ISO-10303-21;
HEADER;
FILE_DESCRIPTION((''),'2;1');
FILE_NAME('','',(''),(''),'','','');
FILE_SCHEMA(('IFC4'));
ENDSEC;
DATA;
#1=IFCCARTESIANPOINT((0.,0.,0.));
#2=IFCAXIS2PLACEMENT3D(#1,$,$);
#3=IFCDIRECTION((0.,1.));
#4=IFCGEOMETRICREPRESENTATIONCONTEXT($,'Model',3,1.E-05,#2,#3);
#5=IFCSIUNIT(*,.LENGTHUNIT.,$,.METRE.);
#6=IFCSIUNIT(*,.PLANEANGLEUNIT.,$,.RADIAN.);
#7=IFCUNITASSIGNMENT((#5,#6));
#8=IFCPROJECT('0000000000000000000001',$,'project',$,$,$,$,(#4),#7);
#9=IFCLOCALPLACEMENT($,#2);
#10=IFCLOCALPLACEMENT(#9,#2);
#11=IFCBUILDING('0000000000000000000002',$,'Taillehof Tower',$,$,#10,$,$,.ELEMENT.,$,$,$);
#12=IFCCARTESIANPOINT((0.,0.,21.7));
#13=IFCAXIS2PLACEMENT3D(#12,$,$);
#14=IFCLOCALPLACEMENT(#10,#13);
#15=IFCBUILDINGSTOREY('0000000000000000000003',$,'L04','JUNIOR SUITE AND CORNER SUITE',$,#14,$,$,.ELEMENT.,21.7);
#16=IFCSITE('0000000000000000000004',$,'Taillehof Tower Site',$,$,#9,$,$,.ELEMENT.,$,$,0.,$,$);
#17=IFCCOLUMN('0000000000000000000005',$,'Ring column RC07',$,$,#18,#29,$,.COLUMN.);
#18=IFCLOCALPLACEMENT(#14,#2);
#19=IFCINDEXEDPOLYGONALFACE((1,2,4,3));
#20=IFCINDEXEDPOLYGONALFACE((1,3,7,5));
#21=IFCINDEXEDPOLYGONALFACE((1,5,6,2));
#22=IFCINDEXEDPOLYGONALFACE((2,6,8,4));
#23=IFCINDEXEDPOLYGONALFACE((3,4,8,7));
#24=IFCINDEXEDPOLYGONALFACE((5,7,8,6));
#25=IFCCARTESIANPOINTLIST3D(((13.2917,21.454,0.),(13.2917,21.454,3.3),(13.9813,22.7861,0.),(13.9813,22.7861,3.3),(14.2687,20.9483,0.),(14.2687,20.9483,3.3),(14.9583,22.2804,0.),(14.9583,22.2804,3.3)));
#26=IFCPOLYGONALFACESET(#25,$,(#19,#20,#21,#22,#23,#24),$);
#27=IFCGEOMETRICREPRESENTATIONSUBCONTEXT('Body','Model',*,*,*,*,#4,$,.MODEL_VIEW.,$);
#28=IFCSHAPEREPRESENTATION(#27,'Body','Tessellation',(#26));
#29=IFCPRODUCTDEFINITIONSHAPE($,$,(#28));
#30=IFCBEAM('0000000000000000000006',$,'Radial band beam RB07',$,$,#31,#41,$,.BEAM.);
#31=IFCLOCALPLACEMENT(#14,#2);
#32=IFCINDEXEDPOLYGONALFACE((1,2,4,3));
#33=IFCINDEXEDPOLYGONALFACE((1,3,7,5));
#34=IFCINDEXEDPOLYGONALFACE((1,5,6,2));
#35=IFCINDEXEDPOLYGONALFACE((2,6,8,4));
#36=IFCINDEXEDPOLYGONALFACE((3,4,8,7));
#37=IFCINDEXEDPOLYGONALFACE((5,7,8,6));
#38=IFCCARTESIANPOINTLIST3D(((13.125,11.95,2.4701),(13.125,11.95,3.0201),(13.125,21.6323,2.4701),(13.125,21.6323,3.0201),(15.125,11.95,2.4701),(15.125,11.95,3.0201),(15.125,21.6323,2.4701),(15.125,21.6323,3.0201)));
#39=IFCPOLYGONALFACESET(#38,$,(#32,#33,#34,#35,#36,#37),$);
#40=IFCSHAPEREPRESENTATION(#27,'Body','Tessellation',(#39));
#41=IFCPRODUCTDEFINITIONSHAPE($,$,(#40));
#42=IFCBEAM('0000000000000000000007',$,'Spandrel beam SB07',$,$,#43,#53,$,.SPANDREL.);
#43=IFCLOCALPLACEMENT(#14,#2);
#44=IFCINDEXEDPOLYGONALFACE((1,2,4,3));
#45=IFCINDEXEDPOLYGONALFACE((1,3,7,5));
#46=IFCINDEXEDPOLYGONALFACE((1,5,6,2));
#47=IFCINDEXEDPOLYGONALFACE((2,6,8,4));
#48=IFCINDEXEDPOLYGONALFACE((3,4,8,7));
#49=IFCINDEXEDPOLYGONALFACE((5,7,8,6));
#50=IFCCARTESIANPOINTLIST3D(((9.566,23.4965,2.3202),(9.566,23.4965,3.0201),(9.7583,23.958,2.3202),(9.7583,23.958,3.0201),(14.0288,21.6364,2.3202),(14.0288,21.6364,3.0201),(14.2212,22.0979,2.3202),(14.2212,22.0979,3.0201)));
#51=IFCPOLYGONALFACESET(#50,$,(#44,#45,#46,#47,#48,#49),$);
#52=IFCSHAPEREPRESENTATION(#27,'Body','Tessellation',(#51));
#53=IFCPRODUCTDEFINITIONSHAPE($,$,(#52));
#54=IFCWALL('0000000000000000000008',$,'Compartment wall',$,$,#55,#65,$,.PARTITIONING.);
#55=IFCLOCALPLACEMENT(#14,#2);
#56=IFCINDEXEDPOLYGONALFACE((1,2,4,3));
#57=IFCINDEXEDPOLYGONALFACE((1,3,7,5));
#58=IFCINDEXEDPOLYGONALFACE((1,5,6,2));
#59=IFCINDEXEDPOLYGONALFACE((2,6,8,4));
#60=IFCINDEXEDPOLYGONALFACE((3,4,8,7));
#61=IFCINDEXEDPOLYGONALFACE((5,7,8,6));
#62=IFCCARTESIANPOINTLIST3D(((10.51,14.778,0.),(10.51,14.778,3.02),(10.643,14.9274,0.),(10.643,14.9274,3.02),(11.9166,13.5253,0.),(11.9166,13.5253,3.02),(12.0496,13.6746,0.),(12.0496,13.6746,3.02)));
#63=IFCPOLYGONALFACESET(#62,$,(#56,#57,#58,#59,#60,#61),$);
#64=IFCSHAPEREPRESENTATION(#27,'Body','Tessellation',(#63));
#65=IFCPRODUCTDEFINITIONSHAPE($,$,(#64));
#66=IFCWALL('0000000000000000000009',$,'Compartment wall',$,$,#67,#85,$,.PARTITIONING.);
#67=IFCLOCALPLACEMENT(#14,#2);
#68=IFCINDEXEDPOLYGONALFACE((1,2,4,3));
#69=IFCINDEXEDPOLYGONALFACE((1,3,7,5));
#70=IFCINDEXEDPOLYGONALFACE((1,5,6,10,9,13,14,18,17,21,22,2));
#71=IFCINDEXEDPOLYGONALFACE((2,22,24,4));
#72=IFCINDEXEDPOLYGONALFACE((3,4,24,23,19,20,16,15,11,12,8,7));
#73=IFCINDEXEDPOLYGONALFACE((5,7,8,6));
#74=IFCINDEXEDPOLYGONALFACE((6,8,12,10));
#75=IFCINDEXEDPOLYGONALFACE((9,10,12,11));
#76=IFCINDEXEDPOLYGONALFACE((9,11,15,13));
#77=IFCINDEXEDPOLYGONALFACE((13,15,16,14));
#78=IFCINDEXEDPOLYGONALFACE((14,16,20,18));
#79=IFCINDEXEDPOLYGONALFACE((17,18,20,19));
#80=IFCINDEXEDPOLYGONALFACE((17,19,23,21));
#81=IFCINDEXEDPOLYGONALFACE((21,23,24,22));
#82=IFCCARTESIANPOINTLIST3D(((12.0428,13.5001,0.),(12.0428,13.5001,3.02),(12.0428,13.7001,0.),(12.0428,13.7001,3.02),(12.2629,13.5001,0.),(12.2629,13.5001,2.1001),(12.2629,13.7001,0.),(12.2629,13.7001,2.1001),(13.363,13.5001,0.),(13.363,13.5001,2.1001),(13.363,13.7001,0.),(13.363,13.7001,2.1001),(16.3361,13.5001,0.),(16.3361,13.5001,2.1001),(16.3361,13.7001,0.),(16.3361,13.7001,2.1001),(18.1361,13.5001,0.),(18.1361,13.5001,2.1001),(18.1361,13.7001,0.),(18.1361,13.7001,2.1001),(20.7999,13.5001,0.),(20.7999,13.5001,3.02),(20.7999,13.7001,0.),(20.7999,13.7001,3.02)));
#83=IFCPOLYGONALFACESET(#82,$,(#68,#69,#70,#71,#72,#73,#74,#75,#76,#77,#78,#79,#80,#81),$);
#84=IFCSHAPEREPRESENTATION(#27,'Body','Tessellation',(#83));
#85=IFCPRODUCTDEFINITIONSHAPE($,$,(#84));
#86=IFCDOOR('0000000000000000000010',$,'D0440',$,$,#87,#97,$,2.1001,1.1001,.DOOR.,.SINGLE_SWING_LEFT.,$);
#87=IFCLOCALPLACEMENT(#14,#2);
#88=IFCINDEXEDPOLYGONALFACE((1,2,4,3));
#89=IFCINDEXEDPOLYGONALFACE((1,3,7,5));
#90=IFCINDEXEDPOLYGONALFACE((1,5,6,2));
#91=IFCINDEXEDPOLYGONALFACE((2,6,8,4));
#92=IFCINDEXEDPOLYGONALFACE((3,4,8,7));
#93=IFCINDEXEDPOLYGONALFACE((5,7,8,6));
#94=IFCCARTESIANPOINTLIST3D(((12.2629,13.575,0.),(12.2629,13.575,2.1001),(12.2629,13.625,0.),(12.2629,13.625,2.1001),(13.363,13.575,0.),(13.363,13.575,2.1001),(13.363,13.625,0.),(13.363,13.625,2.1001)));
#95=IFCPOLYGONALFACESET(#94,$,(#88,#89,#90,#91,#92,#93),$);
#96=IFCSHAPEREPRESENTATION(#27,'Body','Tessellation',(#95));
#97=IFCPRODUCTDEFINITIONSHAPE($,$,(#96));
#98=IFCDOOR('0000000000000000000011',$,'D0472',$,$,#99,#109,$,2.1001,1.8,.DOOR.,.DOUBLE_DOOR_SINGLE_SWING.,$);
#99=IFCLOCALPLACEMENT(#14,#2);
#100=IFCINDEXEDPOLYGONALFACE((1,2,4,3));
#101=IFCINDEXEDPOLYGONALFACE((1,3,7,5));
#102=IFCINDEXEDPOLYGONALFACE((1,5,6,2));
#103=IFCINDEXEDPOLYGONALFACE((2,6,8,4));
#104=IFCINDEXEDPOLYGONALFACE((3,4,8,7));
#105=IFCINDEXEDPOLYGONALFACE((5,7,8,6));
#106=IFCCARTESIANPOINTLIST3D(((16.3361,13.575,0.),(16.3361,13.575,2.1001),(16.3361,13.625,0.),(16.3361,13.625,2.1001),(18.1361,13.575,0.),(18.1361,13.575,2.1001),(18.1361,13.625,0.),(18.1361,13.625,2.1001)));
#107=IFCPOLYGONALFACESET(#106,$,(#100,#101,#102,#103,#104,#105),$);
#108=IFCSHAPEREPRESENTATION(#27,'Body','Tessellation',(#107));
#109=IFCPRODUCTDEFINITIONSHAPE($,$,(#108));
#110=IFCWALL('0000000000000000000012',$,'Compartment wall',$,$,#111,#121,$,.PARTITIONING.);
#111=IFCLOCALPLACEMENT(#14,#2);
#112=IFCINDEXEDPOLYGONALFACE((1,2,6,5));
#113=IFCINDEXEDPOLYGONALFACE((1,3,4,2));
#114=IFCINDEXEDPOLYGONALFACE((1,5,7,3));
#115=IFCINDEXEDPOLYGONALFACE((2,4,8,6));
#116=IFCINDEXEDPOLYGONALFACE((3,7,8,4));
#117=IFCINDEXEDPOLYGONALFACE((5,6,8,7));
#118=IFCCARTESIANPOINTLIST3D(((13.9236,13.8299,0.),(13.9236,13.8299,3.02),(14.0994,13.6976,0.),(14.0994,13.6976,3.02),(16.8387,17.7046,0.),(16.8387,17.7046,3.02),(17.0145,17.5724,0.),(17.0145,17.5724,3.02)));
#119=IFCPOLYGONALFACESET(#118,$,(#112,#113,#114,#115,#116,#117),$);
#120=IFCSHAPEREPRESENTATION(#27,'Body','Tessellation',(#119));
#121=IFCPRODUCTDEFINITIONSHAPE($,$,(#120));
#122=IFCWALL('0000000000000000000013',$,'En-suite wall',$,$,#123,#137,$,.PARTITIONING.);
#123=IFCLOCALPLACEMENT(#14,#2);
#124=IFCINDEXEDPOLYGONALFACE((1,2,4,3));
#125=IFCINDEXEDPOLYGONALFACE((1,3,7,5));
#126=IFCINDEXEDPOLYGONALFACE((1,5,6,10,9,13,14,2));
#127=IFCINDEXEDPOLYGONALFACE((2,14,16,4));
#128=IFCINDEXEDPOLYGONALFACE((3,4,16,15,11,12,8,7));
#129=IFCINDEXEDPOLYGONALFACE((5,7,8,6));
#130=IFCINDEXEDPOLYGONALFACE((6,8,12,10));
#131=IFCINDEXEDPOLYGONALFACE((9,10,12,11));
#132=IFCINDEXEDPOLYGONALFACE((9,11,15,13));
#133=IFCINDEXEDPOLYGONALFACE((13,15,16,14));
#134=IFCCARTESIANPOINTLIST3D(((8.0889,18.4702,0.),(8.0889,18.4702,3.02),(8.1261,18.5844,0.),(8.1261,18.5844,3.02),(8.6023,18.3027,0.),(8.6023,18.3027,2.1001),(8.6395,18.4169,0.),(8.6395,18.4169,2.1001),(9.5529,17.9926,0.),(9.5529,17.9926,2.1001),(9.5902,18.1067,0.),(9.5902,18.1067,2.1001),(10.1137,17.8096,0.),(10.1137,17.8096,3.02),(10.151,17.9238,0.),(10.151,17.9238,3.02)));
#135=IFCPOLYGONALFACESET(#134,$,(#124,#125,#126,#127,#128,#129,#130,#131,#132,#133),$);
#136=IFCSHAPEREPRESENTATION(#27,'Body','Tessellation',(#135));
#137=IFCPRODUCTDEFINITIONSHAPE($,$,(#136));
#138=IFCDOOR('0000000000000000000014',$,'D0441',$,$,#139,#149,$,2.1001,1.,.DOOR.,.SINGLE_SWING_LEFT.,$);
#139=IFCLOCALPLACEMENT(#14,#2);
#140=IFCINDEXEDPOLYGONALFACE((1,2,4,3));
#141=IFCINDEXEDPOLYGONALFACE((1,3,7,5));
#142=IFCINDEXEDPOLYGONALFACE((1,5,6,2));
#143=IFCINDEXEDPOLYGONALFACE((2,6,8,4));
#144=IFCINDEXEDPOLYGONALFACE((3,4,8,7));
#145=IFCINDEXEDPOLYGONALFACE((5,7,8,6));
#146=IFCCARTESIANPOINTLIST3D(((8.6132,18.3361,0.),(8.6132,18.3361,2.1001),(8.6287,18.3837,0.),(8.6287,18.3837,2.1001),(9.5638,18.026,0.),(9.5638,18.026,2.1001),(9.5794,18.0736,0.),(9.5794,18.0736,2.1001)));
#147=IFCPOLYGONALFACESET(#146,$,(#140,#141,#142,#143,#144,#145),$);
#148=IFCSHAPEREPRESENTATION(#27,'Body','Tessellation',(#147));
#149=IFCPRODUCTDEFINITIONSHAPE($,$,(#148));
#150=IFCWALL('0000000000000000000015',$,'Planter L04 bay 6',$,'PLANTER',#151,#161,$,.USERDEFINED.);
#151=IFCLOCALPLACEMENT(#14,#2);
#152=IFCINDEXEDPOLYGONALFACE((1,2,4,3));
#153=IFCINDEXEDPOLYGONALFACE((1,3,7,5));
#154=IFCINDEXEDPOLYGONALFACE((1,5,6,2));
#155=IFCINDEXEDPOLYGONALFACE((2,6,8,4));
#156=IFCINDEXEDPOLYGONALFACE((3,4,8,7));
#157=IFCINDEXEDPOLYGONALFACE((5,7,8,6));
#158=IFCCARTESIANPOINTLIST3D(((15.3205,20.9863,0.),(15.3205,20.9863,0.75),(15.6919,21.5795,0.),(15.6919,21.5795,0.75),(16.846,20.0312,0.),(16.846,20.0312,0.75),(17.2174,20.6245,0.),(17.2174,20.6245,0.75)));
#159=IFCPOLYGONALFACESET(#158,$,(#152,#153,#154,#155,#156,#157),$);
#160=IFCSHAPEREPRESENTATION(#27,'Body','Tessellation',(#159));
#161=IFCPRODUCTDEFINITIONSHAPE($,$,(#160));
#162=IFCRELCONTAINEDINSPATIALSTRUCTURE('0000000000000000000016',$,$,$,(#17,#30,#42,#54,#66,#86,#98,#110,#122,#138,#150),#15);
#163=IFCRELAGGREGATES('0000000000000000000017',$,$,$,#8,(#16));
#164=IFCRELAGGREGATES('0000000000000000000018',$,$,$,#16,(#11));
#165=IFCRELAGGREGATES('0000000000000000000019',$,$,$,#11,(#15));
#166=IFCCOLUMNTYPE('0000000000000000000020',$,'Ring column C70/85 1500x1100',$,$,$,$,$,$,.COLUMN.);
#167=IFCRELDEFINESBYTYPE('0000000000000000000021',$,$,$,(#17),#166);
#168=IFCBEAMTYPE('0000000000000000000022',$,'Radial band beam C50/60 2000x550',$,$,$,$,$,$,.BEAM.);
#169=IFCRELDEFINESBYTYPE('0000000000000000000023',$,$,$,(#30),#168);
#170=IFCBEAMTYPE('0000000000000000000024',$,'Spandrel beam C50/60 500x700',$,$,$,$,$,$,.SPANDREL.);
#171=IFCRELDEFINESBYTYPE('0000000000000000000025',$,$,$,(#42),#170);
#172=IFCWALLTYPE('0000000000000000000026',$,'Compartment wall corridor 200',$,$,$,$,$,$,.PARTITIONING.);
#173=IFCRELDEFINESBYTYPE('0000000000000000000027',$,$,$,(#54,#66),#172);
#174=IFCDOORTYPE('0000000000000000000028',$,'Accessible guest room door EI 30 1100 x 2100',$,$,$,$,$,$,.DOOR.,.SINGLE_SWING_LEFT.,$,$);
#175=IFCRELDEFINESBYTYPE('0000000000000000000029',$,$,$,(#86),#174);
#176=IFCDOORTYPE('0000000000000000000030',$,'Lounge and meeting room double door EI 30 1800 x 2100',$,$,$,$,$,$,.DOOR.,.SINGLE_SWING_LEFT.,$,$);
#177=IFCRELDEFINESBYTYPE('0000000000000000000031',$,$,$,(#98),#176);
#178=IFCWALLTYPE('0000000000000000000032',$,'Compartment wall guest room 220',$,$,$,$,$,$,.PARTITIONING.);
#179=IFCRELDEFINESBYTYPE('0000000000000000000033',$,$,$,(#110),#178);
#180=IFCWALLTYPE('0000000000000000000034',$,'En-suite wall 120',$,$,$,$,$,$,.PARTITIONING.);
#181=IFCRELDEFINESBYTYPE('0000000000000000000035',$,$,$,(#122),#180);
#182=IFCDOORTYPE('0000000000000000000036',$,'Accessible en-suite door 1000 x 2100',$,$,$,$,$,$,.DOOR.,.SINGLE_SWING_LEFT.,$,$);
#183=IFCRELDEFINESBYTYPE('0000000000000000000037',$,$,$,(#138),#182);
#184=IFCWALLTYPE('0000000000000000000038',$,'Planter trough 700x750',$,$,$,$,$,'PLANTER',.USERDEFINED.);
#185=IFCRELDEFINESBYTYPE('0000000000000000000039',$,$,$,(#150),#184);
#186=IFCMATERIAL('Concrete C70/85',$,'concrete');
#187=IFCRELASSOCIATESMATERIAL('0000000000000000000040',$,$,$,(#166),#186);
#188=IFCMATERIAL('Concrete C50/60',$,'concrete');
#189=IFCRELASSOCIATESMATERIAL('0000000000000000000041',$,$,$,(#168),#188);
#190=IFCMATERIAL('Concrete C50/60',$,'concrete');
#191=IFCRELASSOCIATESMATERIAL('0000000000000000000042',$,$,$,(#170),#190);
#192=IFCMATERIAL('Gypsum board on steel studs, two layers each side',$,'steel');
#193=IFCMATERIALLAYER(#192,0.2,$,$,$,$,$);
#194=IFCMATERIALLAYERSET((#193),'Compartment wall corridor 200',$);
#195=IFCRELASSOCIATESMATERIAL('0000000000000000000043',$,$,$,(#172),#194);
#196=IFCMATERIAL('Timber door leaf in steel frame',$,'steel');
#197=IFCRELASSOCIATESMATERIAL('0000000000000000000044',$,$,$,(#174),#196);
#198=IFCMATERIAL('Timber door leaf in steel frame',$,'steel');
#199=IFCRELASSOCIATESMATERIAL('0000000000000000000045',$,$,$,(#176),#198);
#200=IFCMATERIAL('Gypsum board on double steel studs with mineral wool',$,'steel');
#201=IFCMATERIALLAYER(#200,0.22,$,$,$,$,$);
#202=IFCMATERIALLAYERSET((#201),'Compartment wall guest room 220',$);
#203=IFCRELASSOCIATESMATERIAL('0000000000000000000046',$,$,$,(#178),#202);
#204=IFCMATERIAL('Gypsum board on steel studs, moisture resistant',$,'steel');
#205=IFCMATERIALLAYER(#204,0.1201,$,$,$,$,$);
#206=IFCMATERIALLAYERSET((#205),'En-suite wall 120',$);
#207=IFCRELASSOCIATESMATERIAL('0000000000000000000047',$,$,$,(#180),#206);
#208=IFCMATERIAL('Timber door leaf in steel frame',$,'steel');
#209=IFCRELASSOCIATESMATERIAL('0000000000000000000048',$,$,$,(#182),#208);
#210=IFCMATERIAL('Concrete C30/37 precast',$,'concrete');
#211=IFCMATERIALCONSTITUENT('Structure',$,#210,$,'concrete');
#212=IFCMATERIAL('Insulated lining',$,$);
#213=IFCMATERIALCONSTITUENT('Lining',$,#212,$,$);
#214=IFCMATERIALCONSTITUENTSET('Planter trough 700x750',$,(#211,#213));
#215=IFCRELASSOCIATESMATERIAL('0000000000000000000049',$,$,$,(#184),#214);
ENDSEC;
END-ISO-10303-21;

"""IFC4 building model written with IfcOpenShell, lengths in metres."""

from ifc_helpers import new_model, si_unit, direction, frame, frame_2d, origin, origin_2d, place, context, subcontext, project, spatial, rectangle, extrude, material, layer, layer_set, constituent, constituent_set, material_profile, profile_set, type_object, element, fill, save


model = new_model("IFC4")

# Units and contexts
model_context = context("Model", 3, precision=1e-05, world=origin(), true_north=direction((0.0, 1.0)))
body_context = subcontext(model_context, "Body", "Model", "MODEL_VIEW")
ifc_project = project(units=[si_unit("LENGTHUNIT", "METRE"), si_unit("PLANEANGLEUNIT", "RADIAN")], contexts=[model_context])

# Site, building, storey
site_placement = place(None, origin())
site = spatial("IfcSite", under=ifc_project, at=site_placement, Name="Taillehof Tower Site", CompositionType="ELEMENT", RefElevation=0.0)
building_placement = place(site_placement, origin())
building = spatial("IfcBuilding", under=site, at=building_placement, Name="Taillehof Tower", CompositionType="ELEMENT")
storey_placement = place(building_placement, frame((0.0, 0.0, 21.7)))
storey = spatial("IfcBuildingStorey", under=building, at=storey_placement, Name="L04", Description="JUNIOR SUITE AND CORNER SUITE", CompositionType="ELEMENT", Elevation=21.7)

# Column
ifc_material_1 = material(Name="Concrete C70/85", Category="concrete")
ifc_material_profile_1 = material_profile(ifc_material_1, rectangle(XDim=1.5, YDim=1.1001, at=origin_2d()), Name="RC 1500x1100")
ifc_profile_set_1 = profile_set([ifc_material_profile_1], Name="Concrete C70/85")
column_type = type_object("IfcColumnType", Name="Ring column C70/85 1500x1100", PredefinedType="COLUMN", material=ifc_profile_set_1)
column_placement = place(storey_placement, frame((14.125, 21.8672, 0.0), z_axis=(0.0, 0.0, 1.0), x_axis=(0.459691, 0.888079, 0.0)))
element("IfcColumn", 1, at=column_placement, inside=storey, type_object=column_type, Name="Ring column RC07", PredefinedType="COLUMN", context=body_context, shape_type="SweptSolid", body=[
    extrude(rectangle(XDim=1.5, YDim=1.1001, at=origin_2d()), origin(), (0.0, 0.0, 1.0), 3.3),
])

# Beams
ifc_material_2 = material(Name="Concrete C50/60", Category="concrete")
ifc_material_profile_2 = material_profile(ifc_material_2, rectangle(XDim=2.0, YDim=0.55, at=origin_2d()), Name="RC 2000x550")
ifc_profile_set_2 = profile_set([ifc_material_profile_2], Name="Concrete C50/60")
beam_type_1 = type_object("IfcBeamType", Name="Radial band beam C50/60 2000x550", PredefinedType="BEAM", material=ifc_profile_set_2)
beam_1_placement = place(storey_placement, frame((14.125, 21.6323, 2.7451), z_axis=(0.0, -1.0, 0.0), x_axis=(1.0, 0.0, 0.0)))
element("IfcBeam", 2, at=beam_1_placement, inside=storey, type_object=beam_type_1, Name="Radial band beam RB07", PredefinedType="BEAM", context=body_context, shape_type="SweptSolid", body=[
    extrude(rectangle(XDim=2.0, YDim=0.55, at=origin_2d()), origin(), (0.0, 0.0, 1.0), 9.6824),
])
ifc_material_3 = material(Name="Concrete C50/60", Category="concrete")
ifc_material_profile_3 = material_profile(ifc_material_3, rectangle(XDim=0.5, YDim=0.7, at=origin_2d()), Name="RC 500x700")
ifc_profile_set_3 = profile_set([ifc_material_profile_3], Name="Concrete C50/60")
beam_type_2 = type_object("IfcBeamType", Name="Spandrel beam C50/60 500x700", PredefinedType="SPANDREL", material=ifc_profile_set_3)
beam_2_placement = place(storey_placement, frame((14.125, 21.8672, 2.6702), z_axis=(-0.923035, 0.384716, 0.0), x_axis=(-0.384716, -0.923035, 0.0)))
element("IfcBeam", 3, at=beam_2_placement, inside=storey, type_object=beam_type_2, Name="Spandrel beam SB07", PredefinedType="SPANDREL", context=body_context, shape_type="SweptSolid", body=[
    extrude(rectangle(XDim=0.5, YDim=0.7, at=origin_2d()), origin(), (0.0, 0.0, 1.0), 4.835),
])

# Wall
ifc_material_4 = material(Name="Gypsum board on steel studs, two layers each side", Category="steel")
ifc_layer_1 = layer(ifc_material_4, 0.2)
ifc_layer_set_1 = layer_set([ifc_layer_1], Name="Compartment wall corridor 200")
wall_type_1 = type_object("IfcWallType", Name="Compartment wall corridor 200", PredefinedType="PARTITIONING", material=ifc_layer_set_1)
wall_1_placement = place(storey_placement, frame((10.5764, 14.8528, 0.0), z_axis=(0.0, 0.0, 1.0), x_axis=(0.746758, -0.665096, 0.0)))
element("IfcWall", 4, at=wall_1_placement, inside=storey, type_object=wall_type_1, Name="Compartment wall", PredefinedType="PARTITIONING", context=body_context, shape_type="SweptSolid", body=[
    extrude(rectangle(XDim=1.8835, YDim=0.2, at=frame_2d((0.9419, 0.0))), origin(), (0.0, 0.0, 1.0), 3.02),
])

# Wall, openings, doors
wall_2_placement = place(storey_placement, frame((12.043, 13.6001, 0.0), z_axis=(0.0, 0.0, 1.0), x_axis=(1.0, 0.0, 0.0)))
wall_2 = element("IfcWall", 5, at=wall_2_placement, inside=storey, type_object=wall_type_1, Name="Compartment wall", PredefinedType="PARTITIONING", context=body_context, shape_type="SweptSolid", body=[
    extrude(rectangle(XDim=8.7571, YDim=0.2, at=frame_2d((4.3784, 0.0))), origin(), (0.0, 0.0, 1.0), 3.02),
])
opening_1_placement = place(wall_2_placement, frame((0.22, 0.0, 0.0)))
opening_1 = element("IfcOpeningElement", 6, at=opening_1_placement, cuts=wall_2, PredefinedType="OPENING", context=body_context, shape_type="SweptSolid", body=[
    extrude(rectangle(XDim=1.1001, YDim=2.1001, at=frame_2d((0.55, 1.05))), frame((0.0, 0.1099, 0.0), z_axis=(0.0, -1.0, 0.0), x_axis=(1.0, 0.0, 0.0)), (0.0, 0.0, 1.0), 0.22),
])
opening_2_placement = place(wall_2_placement, frame((4.2932, 0.0, 0.0)))
opening_2 = element("IfcOpeningElement", 7, at=opening_2_placement, cuts=wall_2, PredefinedType="OPENING", context=body_context, shape_type="SweptSolid", body=[
    extrude(rectangle(XDim=1.8, YDim=2.1001, at=frame_2d((0.8999, 1.05))), frame((0.0, 0.1099, 0.0), z_axis=(0.0, -1.0, 0.0), x_axis=(1.0, 0.0, 0.0)), (0.0, 0.0, 1.0), 0.22),
])
ifc_material_5 = material(Name="Timber door leaf in steel frame", Category="steel")
door_type_1 = type_object("IfcDoorType", Name="Accessible guest room door EI 30 1100 x 2100", OperationType="SINGLE_SWING_LEFT", PredefinedType="DOOR", material=ifc_material_5)
door_1_placement = place(opening_1_placement, origin())
door_1 = element("IfcDoor", 8, at=door_1_placement, inside=storey, type_object=door_type_1, Name="D0440", OperationType="SINGLE_SWING_LEFT", OverallHeight=2.1001, OverallWidth=1.1001, PredefinedType="DOOR", context=body_context, shape_type="SweptSolid", body=[
    extrude(rectangle(XDim=1.1001, YDim=2.1001, at=frame_2d((0.55, 1.05))), frame((0.0, 0.0249, 0.0), z_axis=(0.0, -1.0, 0.0), x_axis=(1.0, 0.0, 0.0)), (0.0, 0.0, 1.0), 0.05),
])
fill(opening_1, door_1)
ifc_material_6 = material(Name="Timber door leaf in steel frame", Category="steel")
door_type_2 = type_object("IfcDoorType", Name="Lounge and meeting room double door EI 30 1800 x 2100", OperationType="SINGLE_SWING_LEFT", PredefinedType="DOOR", material=ifc_material_6)
door_2_placement = place(opening_2_placement, origin())
door_2 = element("IfcDoor", 9, at=door_2_placement, inside=storey, type_object=door_type_2, Name="D0472", OperationType="DOUBLE_DOOR_SINGLE_SWING", OverallHeight=2.1001, OverallWidth=1.8, PredefinedType="DOOR", context=body_context, shape_type="SweptSolid", body=[
    extrude(rectangle(XDim=1.8, YDim=2.1001, at=frame_2d((0.8999, 1.05))), frame((0.0, 0.0249, 0.0), z_axis=(0.0, -1.0, 0.0), x_axis=(1.0, 0.0, 0.0)), (0.0, 0.0, 1.0), 0.05),
])
fill(opening_2, door_2)

# Wall
ifc_material_7 = material(Name="Gypsum board on double steel studs with mineral wool", Category="steel")
ifc_layer_2 = layer(ifc_material_7, 0.22)
ifc_layer_set_2 = layer_set([ifc_layer_2], Name="Compartment wall guest room 220")
wall_type_2 = type_object("IfcWallType", Name="Compartment wall guest room 220", PredefinedType="PARTITIONING", material=ifc_layer_set_2)
wall_3_placement = place(storey_placement, frame((16.9265, 17.6384, 0.0), z_axis=(0.0, 0.0, 1.0), x_axis=(-0.601184, -0.799111, 0.0)))
element("IfcWall", 10, at=wall_3_placement, inside=storey, type_object=wall_type_2, Name="Compartment wall", PredefinedType="PARTITIONING", context=body_context, shape_type="SweptSolid", body=[
    extrude(rectangle(XDim=4.8489, YDim=0.22, at=frame_2d((2.4243, 0.0))), origin(), (0.0, 0.0, 1.0), 3.02),
])

# Wall, opening, door
ifc_material_8 = material(Name="Gypsum board on steel studs, moisture resistant", Category="steel")
ifc_layer_3 = layer(ifc_material_8, 0.1201)
ifc_layer_set_3 = layer_set([ifc_layer_3], Name="En-suite wall 120")
wall_type_3 = type_object("IfcWallType", Name="En-suite wall 120", PredefinedType="PARTITIONING", material=ifc_layer_set_3)
wall_4_placement = place(storey_placement, frame((10.1323, 17.8667, 0.0), z_axis=(0.0, 0.0, 1.0), x_axis=(-0.950681, 0.310169, 0.0)))
wall_4 = element("IfcWall", 11, at=wall_4_placement, inside=storey, type_object=wall_type_3, Name="En-suite wall", PredefinedType="PARTITIONING", context=body_context, shape_type="SweptSolid", body=[
    extrude(rectangle(XDim=2.1299, YDim=0.1201, at=frame_2d((1.0649, 0.0))), origin(), (0.0, 0.0, 1.0), 3.02),
])
opening_3_placement = place(wall_4_placement, frame((0.5898, 0.0, 0.0)))
opening_3 = element("IfcOpeningElement", 12, at=opening_3_placement, cuts=wall_4, PredefinedType="OPENING", context=body_context, shape_type="SweptSolid", body=[
    extrude(rectangle(XDim=1.0, YDim=2.1001, at=frame_2d((0.5, 1.05))), frame((0.0, 0.0701, 0.0), z_axis=(0.0, -1.0, 0.0), x_axis=(1.0, 0.0, 0.0)), (0.0, 0.0, 1.0), 0.1401),
])
ifc_material_9 = material(Name="Timber door leaf in steel frame", Category="steel")
door_type_3 = type_object("IfcDoorType", Name="Accessible en-suite door 1000 x 2100", OperationType="SINGLE_SWING_LEFT", PredefinedType="DOOR", material=ifc_material_9)
door_3_placement = place(opening_3_placement, origin())
door_3 = element("IfcDoor", 13, at=door_3_placement, inside=storey, type_object=door_type_3, Name="D0441", OperationType="SINGLE_SWING_LEFT", OverallHeight=2.1001, OverallWidth=1.0, PredefinedType="DOOR", context=body_context, shape_type="SweptSolid", body=[
    extrude(rectangle(XDim=1.0, YDim=2.1001, at=frame_2d((0.5, 1.05))), frame((0.0, 0.0249, 0.0), z_axis=(0.0, -1.0, 0.0), x_axis=(1.0, 0.0, 0.0)), (0.0, 0.0, 1.0), 0.05),
])
fill(opening_3, door_3)

# Wall
ifc_material_10 = material(Name="Concrete C30/37 precast", Category="concrete")
ifc_constituent_1 = constituent(ifc_material_10, Name="Structure", Category="concrete")
ifc_material_11 = material(Name="Insulated lining")
ifc_constituent_2 = constituent(ifc_material_11, Name="Lining")
ifc_constituent_set = constituent_set(constituents=[ifc_constituent_1, ifc_constituent_2], Name="Planter trough 700x750")
wall_type_4 = type_object("IfcWallType", Name="Planter trough 700x750", ElementType="PLANTER", PredefinedType="USERDEFINED", material=ifc_constituent_set)
wall_5_placement = place(storey_placement, frame((17.0317, 20.3279, 0.0), z_axis=(0.0, 0.0, 1.0), x_axis=(-0.847609, 0.530621, 0.0)))
element("IfcWall", 14, at=wall_5_placement, inside=storey, type_object=wall_type_4, Name="Planter L04 bay 6", ObjectType="PLANTER", PredefinedType="USERDEFINED", context=body_context, shape_type="SweptSolid", body=[
    extrude(rectangle(XDim=1.7998, YDim=0.7, at=frame_2d((0.8999, 0.0))), origin(), (0.0, 0.0, 1.0), 0.75),
])

save(model, "model.ifc")
